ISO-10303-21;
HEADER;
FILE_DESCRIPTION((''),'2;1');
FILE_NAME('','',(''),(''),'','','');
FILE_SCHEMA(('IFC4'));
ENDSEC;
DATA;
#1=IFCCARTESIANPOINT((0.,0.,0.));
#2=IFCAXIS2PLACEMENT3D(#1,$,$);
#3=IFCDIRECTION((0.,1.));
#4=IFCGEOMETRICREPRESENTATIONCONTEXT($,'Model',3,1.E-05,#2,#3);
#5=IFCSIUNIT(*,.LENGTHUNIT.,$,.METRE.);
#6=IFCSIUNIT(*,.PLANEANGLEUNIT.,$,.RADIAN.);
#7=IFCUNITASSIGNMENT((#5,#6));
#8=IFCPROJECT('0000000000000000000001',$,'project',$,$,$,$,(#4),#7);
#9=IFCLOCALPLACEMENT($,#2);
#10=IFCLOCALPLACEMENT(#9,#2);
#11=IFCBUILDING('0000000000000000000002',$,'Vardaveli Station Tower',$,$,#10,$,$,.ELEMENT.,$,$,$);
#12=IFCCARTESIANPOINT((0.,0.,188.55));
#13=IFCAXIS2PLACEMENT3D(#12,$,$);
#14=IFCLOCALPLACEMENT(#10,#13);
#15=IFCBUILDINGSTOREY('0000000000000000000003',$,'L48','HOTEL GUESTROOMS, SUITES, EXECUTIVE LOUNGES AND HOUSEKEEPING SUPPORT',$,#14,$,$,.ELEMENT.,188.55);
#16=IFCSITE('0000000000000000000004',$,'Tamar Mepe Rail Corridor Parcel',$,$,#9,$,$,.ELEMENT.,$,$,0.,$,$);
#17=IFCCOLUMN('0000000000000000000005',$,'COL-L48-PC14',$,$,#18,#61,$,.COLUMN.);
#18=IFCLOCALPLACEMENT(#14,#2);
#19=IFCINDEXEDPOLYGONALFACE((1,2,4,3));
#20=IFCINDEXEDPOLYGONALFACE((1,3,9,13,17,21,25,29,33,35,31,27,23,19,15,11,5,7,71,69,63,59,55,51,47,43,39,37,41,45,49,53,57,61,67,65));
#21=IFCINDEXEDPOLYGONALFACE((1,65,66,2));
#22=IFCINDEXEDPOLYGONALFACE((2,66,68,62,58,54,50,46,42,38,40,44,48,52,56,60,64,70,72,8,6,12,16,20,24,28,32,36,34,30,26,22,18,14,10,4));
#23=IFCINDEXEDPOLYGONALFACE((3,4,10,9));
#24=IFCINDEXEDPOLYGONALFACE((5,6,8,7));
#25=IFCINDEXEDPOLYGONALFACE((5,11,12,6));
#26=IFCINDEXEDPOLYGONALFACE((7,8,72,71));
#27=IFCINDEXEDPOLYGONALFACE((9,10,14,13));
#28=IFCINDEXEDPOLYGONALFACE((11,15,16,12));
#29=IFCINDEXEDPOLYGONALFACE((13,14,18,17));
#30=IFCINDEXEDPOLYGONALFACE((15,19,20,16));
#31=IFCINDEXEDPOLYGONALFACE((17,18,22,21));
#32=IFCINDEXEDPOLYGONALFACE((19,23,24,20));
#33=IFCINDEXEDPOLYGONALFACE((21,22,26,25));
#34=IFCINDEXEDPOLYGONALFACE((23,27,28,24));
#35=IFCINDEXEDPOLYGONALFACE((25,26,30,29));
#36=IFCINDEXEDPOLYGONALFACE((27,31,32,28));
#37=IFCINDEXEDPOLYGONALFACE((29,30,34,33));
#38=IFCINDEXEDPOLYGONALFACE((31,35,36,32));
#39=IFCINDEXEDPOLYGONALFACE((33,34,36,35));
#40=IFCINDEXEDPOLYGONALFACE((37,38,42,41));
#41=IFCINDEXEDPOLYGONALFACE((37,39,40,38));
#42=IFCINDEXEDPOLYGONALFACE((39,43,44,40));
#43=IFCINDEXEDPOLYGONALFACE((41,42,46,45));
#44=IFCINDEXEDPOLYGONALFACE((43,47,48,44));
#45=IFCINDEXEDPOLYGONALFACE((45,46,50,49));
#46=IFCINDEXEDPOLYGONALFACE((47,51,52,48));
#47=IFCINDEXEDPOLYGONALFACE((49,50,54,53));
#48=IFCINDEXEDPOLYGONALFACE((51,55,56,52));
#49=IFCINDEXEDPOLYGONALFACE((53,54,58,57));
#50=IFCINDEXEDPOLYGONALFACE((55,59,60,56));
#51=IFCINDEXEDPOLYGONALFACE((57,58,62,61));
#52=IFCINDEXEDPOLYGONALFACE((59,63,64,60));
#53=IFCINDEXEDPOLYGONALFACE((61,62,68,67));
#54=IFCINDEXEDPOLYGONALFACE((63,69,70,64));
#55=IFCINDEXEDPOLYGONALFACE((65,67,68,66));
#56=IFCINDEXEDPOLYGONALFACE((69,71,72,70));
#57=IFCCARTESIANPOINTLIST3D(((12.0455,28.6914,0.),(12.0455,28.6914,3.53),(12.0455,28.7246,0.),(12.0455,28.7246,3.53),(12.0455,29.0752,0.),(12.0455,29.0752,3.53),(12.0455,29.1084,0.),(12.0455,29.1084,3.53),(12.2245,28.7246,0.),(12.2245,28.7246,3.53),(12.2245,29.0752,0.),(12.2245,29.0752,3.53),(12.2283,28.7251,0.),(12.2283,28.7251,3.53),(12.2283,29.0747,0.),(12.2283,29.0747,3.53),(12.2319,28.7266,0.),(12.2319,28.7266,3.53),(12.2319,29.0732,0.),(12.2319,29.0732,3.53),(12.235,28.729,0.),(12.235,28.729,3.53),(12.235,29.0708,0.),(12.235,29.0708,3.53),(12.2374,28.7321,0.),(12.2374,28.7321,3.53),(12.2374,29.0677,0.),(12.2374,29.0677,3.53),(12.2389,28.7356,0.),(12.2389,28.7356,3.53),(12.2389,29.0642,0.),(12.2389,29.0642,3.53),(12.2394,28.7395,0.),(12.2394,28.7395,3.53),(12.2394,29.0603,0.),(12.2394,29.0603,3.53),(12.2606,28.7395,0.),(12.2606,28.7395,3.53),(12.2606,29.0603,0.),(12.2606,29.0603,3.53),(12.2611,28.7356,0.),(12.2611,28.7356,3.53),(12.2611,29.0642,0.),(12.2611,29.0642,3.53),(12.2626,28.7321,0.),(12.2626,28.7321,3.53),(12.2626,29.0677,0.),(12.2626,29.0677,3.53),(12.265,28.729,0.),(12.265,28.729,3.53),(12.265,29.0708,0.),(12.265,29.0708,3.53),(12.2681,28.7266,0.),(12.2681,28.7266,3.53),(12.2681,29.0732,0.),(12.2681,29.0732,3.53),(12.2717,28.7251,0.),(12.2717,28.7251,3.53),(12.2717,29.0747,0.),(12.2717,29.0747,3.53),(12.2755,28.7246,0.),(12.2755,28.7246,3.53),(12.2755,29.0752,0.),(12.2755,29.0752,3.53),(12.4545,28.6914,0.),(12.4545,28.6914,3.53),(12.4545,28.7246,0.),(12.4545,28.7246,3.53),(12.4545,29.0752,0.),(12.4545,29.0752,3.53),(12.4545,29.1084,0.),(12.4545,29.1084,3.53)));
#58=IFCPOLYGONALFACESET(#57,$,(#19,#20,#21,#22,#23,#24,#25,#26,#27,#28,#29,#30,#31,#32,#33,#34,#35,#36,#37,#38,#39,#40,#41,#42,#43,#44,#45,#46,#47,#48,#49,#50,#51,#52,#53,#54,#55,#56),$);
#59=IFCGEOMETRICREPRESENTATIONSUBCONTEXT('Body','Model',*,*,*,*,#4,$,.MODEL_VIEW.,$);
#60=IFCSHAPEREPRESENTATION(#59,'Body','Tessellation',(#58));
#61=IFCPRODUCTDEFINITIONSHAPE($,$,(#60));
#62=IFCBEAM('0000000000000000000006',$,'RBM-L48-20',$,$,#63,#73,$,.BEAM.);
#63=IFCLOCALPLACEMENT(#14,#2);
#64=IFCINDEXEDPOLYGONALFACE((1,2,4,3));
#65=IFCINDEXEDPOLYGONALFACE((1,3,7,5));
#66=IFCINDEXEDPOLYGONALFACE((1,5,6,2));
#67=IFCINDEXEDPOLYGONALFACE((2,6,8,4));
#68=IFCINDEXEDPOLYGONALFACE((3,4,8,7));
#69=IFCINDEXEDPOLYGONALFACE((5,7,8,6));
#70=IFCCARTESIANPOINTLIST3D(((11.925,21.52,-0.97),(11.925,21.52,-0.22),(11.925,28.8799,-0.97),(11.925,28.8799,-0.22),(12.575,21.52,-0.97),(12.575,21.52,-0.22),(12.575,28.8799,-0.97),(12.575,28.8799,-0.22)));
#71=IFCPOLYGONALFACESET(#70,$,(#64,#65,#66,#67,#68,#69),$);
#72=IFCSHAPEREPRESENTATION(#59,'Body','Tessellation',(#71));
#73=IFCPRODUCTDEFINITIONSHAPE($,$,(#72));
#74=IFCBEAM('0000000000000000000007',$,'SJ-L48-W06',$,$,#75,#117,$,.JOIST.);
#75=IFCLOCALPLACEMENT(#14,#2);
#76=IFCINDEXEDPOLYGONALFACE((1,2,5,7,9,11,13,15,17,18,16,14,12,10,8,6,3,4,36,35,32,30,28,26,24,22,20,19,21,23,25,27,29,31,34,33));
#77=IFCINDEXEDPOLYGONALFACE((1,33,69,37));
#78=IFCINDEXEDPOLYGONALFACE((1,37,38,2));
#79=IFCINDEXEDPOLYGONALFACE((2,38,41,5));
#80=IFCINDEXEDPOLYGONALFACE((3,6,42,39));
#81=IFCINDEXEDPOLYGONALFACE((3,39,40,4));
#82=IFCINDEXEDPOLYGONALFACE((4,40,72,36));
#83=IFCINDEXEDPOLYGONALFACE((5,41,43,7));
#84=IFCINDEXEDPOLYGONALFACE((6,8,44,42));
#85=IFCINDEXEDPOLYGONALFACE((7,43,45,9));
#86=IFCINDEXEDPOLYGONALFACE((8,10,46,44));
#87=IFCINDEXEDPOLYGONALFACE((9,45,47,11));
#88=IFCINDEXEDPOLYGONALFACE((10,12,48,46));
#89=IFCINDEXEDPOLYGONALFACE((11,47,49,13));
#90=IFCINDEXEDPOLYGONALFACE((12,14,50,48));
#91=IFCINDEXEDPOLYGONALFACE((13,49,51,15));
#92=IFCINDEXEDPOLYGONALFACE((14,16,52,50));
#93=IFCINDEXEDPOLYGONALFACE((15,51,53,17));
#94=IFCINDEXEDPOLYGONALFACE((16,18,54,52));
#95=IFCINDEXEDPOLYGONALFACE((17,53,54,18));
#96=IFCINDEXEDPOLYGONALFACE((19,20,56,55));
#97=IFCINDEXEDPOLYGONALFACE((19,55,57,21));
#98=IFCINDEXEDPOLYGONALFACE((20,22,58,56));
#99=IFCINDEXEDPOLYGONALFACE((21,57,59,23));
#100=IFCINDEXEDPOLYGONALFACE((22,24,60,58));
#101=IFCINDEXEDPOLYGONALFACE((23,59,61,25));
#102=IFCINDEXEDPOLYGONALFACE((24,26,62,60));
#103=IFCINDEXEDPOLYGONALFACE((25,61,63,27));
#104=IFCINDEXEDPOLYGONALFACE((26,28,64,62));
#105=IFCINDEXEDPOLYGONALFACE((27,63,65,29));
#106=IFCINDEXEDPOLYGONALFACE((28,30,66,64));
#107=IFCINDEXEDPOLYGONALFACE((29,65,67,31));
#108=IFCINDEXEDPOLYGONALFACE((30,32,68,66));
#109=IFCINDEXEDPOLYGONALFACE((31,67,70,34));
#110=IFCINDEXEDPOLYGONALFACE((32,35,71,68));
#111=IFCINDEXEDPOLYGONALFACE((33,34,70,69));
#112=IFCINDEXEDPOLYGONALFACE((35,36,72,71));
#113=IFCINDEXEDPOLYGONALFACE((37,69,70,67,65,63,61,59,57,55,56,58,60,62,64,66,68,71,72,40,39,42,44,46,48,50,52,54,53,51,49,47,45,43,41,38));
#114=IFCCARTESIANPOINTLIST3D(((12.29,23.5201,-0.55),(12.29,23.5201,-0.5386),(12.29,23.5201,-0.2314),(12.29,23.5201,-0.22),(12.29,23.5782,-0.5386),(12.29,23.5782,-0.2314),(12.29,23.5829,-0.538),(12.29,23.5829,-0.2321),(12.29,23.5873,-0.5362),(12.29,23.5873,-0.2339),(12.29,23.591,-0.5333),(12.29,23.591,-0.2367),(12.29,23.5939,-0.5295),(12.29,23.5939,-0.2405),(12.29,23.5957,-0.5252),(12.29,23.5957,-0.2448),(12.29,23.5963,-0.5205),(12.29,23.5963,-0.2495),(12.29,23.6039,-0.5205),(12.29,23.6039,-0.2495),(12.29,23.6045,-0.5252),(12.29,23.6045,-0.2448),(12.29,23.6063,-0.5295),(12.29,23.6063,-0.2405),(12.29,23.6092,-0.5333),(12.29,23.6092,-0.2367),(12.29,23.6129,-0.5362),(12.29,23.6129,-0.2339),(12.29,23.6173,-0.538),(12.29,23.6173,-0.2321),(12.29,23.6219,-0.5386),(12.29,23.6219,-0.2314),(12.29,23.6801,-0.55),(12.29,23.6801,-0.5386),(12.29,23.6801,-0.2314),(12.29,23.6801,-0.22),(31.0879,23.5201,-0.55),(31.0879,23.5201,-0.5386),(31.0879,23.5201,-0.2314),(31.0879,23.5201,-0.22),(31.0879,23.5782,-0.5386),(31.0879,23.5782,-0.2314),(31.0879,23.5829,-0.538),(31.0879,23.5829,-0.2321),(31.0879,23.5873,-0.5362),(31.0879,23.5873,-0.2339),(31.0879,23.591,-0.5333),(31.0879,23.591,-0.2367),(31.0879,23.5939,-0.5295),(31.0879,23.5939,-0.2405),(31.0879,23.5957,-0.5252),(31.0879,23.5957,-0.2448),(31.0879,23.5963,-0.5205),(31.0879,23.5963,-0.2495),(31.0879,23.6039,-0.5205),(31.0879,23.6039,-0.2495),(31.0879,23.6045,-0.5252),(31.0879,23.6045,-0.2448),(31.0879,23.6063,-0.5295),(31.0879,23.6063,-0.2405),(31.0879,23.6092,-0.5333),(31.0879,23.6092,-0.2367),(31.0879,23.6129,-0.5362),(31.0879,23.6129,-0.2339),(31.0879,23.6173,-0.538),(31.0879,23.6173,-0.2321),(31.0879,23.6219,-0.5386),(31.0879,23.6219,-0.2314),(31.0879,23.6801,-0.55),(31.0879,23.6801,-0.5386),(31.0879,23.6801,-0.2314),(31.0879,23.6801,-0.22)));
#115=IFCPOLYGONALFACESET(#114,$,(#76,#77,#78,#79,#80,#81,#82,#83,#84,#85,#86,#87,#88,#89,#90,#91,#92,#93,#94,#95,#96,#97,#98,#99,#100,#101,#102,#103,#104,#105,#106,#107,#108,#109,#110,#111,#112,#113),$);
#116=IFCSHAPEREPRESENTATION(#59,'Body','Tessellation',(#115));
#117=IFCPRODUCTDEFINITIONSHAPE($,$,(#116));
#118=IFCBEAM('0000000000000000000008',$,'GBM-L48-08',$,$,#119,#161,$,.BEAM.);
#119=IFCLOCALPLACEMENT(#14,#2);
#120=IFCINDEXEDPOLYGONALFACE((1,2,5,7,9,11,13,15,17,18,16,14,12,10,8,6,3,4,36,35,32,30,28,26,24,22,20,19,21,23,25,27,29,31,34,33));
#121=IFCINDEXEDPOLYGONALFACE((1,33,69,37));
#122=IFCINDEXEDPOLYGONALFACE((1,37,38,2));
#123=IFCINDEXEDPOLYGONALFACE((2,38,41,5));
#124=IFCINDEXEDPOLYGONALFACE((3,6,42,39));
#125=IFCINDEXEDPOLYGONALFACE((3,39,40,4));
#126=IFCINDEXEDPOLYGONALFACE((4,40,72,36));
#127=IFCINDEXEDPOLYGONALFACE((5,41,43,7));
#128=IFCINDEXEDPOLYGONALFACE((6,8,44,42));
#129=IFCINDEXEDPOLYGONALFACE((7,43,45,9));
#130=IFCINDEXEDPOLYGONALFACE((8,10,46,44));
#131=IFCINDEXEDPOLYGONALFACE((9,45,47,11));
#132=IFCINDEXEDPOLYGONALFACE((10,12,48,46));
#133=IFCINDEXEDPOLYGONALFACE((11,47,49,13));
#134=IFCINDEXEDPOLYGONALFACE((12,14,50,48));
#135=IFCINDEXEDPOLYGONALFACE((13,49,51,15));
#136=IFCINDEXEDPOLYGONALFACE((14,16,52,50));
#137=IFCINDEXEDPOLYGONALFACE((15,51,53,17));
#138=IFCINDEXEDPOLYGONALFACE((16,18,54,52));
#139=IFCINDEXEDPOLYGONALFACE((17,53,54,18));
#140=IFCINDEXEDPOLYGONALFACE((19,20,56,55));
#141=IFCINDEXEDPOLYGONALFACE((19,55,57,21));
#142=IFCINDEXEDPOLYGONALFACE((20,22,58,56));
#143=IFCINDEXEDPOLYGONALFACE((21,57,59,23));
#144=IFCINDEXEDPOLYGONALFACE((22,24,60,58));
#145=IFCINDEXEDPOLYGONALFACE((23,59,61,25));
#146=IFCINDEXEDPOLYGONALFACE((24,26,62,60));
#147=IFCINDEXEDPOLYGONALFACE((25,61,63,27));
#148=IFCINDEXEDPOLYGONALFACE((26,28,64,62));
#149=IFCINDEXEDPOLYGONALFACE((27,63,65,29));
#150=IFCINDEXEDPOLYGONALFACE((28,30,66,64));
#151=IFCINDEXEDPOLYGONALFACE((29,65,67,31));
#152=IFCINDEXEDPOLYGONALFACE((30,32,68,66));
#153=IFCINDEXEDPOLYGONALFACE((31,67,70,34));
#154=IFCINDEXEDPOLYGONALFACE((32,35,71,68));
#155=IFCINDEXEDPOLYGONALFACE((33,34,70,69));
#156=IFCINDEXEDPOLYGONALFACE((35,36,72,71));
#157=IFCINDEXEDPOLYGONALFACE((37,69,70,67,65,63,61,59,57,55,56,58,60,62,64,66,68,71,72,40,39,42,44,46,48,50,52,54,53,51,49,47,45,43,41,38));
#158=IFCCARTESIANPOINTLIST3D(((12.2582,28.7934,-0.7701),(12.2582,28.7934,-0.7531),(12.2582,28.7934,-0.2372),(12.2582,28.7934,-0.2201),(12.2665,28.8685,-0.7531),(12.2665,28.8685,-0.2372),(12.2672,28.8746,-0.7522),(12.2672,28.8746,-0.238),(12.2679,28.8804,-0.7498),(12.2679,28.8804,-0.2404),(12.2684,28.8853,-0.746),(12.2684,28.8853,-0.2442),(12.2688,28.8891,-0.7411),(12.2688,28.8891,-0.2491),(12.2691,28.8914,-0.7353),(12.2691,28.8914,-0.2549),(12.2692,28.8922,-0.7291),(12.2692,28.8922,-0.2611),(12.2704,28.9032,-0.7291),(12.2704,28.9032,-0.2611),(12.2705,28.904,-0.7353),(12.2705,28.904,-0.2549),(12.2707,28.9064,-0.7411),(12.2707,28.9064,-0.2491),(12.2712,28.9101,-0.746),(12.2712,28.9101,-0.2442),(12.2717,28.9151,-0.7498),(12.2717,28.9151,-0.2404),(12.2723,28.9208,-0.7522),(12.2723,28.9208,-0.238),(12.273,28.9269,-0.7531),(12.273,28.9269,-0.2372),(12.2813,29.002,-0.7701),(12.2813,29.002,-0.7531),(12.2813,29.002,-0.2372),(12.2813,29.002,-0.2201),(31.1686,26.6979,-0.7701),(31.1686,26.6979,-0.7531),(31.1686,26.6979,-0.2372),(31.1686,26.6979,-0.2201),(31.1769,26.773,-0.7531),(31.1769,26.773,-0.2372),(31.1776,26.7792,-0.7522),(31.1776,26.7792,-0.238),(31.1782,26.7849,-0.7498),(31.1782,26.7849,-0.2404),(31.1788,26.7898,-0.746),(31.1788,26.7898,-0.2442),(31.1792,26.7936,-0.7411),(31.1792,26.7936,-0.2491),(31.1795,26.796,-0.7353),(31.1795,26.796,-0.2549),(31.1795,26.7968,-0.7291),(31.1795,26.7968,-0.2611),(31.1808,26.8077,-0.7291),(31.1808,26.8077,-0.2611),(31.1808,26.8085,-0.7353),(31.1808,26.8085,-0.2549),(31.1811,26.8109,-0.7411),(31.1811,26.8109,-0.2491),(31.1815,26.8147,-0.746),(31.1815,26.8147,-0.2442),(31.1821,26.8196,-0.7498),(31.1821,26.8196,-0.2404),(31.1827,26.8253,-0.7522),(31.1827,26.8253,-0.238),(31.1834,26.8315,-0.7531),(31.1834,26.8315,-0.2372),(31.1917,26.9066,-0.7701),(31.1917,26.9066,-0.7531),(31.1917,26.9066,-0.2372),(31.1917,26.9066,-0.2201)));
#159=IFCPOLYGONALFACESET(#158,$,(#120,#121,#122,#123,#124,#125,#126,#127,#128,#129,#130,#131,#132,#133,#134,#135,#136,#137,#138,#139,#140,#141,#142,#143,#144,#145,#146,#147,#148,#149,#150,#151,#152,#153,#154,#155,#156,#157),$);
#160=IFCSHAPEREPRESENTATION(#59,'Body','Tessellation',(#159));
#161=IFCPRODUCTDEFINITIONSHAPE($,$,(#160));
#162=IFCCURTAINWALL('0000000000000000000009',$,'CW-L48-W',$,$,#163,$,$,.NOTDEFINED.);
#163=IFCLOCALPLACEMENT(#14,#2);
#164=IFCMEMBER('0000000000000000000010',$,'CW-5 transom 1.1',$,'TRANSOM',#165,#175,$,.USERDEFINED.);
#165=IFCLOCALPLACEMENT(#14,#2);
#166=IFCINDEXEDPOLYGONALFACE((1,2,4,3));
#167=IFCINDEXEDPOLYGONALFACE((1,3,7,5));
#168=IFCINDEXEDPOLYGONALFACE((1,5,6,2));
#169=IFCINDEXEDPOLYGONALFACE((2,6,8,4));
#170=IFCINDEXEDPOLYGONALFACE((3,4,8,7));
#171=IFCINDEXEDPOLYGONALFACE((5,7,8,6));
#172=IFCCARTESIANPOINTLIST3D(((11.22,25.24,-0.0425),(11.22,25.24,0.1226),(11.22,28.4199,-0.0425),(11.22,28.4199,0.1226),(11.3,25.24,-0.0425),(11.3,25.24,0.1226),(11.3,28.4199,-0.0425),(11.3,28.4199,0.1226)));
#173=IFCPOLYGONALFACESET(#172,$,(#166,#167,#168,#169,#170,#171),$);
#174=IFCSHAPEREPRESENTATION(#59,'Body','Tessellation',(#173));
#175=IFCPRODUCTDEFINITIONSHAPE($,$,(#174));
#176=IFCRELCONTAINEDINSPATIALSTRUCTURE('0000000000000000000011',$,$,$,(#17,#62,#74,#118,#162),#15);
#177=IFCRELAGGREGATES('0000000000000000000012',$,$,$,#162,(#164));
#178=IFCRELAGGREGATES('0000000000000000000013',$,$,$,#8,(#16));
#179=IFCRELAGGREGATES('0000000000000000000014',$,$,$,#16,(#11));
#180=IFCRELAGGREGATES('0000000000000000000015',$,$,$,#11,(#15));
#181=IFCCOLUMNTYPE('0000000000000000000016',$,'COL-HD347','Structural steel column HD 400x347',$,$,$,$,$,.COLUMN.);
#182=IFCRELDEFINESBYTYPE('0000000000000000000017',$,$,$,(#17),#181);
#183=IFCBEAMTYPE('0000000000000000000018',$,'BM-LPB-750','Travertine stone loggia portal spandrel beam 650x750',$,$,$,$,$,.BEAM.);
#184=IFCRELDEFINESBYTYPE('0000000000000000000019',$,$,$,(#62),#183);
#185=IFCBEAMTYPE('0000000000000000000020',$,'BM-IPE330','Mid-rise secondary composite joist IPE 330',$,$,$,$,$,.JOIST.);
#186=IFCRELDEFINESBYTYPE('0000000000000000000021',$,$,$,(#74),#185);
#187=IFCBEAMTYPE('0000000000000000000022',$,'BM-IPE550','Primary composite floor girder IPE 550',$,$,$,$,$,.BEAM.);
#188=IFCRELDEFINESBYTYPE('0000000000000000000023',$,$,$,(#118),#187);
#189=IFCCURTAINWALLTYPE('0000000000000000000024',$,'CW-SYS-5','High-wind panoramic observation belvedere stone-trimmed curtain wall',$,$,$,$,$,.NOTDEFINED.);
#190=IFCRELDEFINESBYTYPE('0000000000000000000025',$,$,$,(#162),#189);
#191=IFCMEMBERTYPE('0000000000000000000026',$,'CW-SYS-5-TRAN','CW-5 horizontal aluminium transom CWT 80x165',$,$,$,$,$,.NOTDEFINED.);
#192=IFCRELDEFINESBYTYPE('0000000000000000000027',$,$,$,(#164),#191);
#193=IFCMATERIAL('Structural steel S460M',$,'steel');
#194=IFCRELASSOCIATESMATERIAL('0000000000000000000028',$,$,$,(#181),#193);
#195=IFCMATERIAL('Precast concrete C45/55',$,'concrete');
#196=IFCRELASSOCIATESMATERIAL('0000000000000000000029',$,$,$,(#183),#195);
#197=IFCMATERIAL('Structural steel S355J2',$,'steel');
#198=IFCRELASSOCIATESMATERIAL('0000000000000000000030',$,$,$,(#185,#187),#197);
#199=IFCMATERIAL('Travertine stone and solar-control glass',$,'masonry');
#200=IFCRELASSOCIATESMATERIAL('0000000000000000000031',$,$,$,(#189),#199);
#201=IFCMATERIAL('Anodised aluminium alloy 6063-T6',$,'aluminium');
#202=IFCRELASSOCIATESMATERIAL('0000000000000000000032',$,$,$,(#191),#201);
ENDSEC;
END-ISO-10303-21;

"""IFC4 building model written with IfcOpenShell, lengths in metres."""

from ifc_helpers import new_model, si_unit, direction, frame, origin, origin_2d, place, context, subcontext, project, spatial, rectangle, i_section, extrude, source, transform, mapped, material, material_profile, profile_set, type_object, element, aggregate, save


model = new_model("IFC4")

# Units and contexts
model_context = context("Model", 3, precision=1e-05, world=origin(), true_north=direction((0.0, 1.0)))
body_context = subcontext(model_context, "Body", "Model", "MODEL_VIEW")
ifc_project = project(units=[si_unit("LENGTHUNIT", "METRE"), si_unit("PLANEANGLEUNIT", "RADIAN")], contexts=[model_context])

# Site, building, storey
site_placement = place(None, origin())
site = spatial("IfcSite", under=ifc_project, at=site_placement, Name="Tamar Mepe Rail Corridor Parcel", CompositionType="ELEMENT", RefElevation=0.0)
building_placement = place(site_placement, origin())
building = spatial("IfcBuilding", under=site, at=building_placement, Name="Vardaveli Station Tower", CompositionType="ELEMENT")
storey_placement = place(building_placement, frame((0.0, 0.0, 188.55)))
storey = spatial("IfcBuildingStorey", under=building, at=storey_placement, Name="L48", Description="HOTEL GUESTROOMS, SUITES, EXECUTIVE LOUNGES AND HOUSEKEEPING SUPPORT", CompositionType="ELEMENT", Elevation=188.55)

# Column
ifc_material_1 = material(Name="Structural steel S460M", Category="steel")
ifc_material_profile_1 = material_profile(ifc_material_1, i_section(OverallWidth=0.4089, OverallDepth=0.417, WebThickness=0.0212, FlangeThickness=0.0332, FilletRadius=0.0149, at=origin_2d()), Name="HD 400x347")
ifc_profile_set_1 = profile_set([ifc_material_profile_1], Name="Structural steel S460M")
column_type = type_object("IfcColumnType", Name="COL-HD347", Description="Structural steel column HD 400x347", PredefinedType="COLUMN", material=ifc_profile_set_1)
shared_shape_1 = source(origin(), body_context, "Body", "SweptSolid", [
    extrude(i_section(OverallWidth=0.4089, OverallDepth=0.417, WebThickness=0.0212, FlangeThickness=0.0332, FilletRadius=0.0149, at=origin_2d()), origin(), (0.0, 0.0, 1.0), 3.53),
])
column_placement = place(storey_placement, frame((12.25, 28.8999, 0.0), z_axis=(0.0, 0.0, 1.0), x_axis=(1.0, 0.0, 0.0)))
element("IfcColumn", 1, at=column_placement, inside=storey, type_object=column_type, Name="COL-L48-PC14", PredefinedType="COLUMN", context=body_context, shape_type="MappedRepresentation", body=[
    mapped(shared_shape_1, transform((0.0, 0.0, 0.0), scale=1.0)),
])

# Beams
ifc_material_2 = material(Name="Precast concrete C45/55", Category="concrete")
ifc_material_profile_2 = material_profile(ifc_material_2, rectangle(XDim=0.6499, YDim=0.75, at=origin_2d()), Name="LPB 650x750")
ifc_profile_set_2 = profile_set([ifc_material_profile_2], Name="Precast concrete C45/55")
beam_type_1 = type_object("IfcBeamType", Name="BM-LPB-750", Description="Travertine stone loggia portal spandrel beam 650x750", PredefinedType="BEAM", material=ifc_profile_set_2)
shared_shape_2 = source(origin(), body_context, "Body", "SweptSolid", [
    extrude(rectangle(XDim=0.6499, YDim=0.75, at=origin_2d()), origin(), (0.0, 0.0, 1.0), 7.3599),
])
beam_1_placement = place(storey_placement, frame((12.25, 28.8799, -0.595), z_axis=(0.0, -1.0, 0.0), x_axis=(1.0, 0.0, 0.0)))
element("IfcBeam", 2, at=beam_1_placement, inside=storey, type_object=beam_type_1, Name="RBM-L48-20", PredefinedType="BEAM", context=body_context, shape_type="MappedRepresentation", body=[
    mapped(shared_shape_2, transform((0.0, 0.0, 0.0), scale=1.0)),
])
ifc_material_3 = material(Name="Structural steel S355J2", Category="steel")
ifc_material_profile_3 = material_profile(ifc_material_3, i_section(OverallWidth=0.1599, OverallDepth=0.3301, WebThickness=0.0076, FlangeThickness=0.0115, FilletRadius=0.0181, at=origin_2d()), Name="IPE 330")
ifc_profile_set_3 = profile_set([ifc_material_profile_3], Name="Structural steel S355J2")
beam_type_2 = type_object("IfcBeamType", Name="BM-IPE330", Description="Mid-rise secondary composite joist IPE 330", PredefinedType="JOIST", material=ifc_profile_set_3)
shared_shape_3 = source(origin(), body_context, "Body", "SweptSolid", [
    extrude(i_section(OverallWidth=0.1599, OverallDepth=0.3301, WebThickness=0.0076, FlangeThickness=0.0115, FilletRadius=0.0181, at=origin_2d()), origin(), (0.0, 0.0, 1.0), 18.7979),
])
beam_2_placement = place(storey_placement, frame((12.29, 23.6001, -0.385), z_axis=(1.0, 0.0, 0.0), x_axis=(0.0, 1.0, 0.0)))
element("IfcBeam", 3, at=beam_2_placement, inside=storey, type_object=beam_type_2, Name="SJ-L48-W06", PredefinedType="JOIST", context=body_context, shape_type="MappedRepresentation", body=[
    mapped(shared_shape_3, transform((0.0, 0.0, 0.0), scale=1.0)),
])
ifc_material_profile_4 = material_profile(ifc_material_3, i_section(OverallWidth=0.21, OverallDepth=0.55, WebThickness=0.011, FlangeThickness=0.0171, FilletRadius=0.0239, at=origin_2d()), Name="IPE 550")
ifc_profile_set_4 = profile_set([ifc_material_profile_4], Name="Structural steel S355J2")
beam_type_3 = type_object("IfcBeamType", Name="BM-IPE550", Description="Primary composite floor girder IPE 550", PredefinedType="BEAM", material=ifc_profile_set_4)
shared_shape_4 = source(origin(), body_context, "Body", "SweptSolid", [
    extrude(i_section(OverallWidth=0.21, OverallDepth=0.55, WebThickness=0.011, FlangeThickness=0.0171, FilletRadius=0.0239, at=origin_2d()), origin(), (0.0, 0.0, 1.0), 19.0261),
])
beam_3_placement = place(storey_placement, frame((12.2698, 28.8977, -0.4951), z_axis=(0.993917, -0.110136, 0.0), x_axis=(0.110136, 0.993917, 0.0)))
element("IfcBeam", 4, at=beam_3_placement, inside=storey, type_object=beam_type_3, Name="GBM-L48-08", PredefinedType="BEAM", context=body_context, shape_type="MappedRepresentation", body=[
    mapped(shared_shape_4, transform((0.0, 0.0, 0.0), scale=1.0)),
])

# Curtain wall, member
ifc_material_4 = material(Name="Travertine stone and solar-control glass", Category="masonry")
curtain_wall_type = type_object("IfcCurtainWallType", Name="CW-SYS-5", Description="High-wind panoramic observation belvedere stone-trimmed curtain wall", PredefinedType="NOTDEFINED", material=ifc_material_4)
curtain_wall_placement = place(storey_placement, origin())
curtain_wall = element("IfcCurtainWall", 5, at=curtain_wall_placement, inside=storey, type_object=curtain_wall_type, Name="CW-L48-W", PredefinedType="NOTDEFINED")
ifc_material_5 = material(Name="Anodised aluminium alloy 6063-T6", Category="aluminium")
ifc_material_profile_5 = material_profile(ifc_material_5, rectangle(XDim=0.0801, YDim=0.165, at=origin_2d()), Name="CWT 80x165")
ifc_profile_set_5 = profile_set([ifc_material_profile_5], Name="Anodised aluminium alloy 6063-T6")
member_type_1 = type_object("IfcMemberType", Name="CW-SYS-5-TRAN", Description="CW-5 horizontal aluminium transom CWT 80x165", PredefinedType="NOTDEFINED", material=ifc_profile_set_5)
shared_shape_5 = source(origin(), body_context, "Body", "SweptSolid", [
    extrude(rectangle(XDim=0.0801, YDim=0.165, at=origin_2d()), origin(), (0.0, 0.0, 1.0), 3.1799),
])
member_1_placement = place(storey_placement, frame((11.26, 28.4199, 0.04), z_axis=(0.0, -1.0, 0.0), x_axis=(1.0, 0.0, 0.0)))
member_1 = element("IfcMember", 6, at=member_1_placement, type_object=member_type_1, Name="CW-5 transom 1.1", ObjectType="TRANSOM", PredefinedType="USERDEFINED", context=body_context, shape_type="MappedRepresentation", body=[
    mapped(shared_shape_5, transform((0.0, 0.0, 0.0), scale=1.0)),
])
aggregate(curtain_wall, [member_1])

save(model, "model.ifc")
